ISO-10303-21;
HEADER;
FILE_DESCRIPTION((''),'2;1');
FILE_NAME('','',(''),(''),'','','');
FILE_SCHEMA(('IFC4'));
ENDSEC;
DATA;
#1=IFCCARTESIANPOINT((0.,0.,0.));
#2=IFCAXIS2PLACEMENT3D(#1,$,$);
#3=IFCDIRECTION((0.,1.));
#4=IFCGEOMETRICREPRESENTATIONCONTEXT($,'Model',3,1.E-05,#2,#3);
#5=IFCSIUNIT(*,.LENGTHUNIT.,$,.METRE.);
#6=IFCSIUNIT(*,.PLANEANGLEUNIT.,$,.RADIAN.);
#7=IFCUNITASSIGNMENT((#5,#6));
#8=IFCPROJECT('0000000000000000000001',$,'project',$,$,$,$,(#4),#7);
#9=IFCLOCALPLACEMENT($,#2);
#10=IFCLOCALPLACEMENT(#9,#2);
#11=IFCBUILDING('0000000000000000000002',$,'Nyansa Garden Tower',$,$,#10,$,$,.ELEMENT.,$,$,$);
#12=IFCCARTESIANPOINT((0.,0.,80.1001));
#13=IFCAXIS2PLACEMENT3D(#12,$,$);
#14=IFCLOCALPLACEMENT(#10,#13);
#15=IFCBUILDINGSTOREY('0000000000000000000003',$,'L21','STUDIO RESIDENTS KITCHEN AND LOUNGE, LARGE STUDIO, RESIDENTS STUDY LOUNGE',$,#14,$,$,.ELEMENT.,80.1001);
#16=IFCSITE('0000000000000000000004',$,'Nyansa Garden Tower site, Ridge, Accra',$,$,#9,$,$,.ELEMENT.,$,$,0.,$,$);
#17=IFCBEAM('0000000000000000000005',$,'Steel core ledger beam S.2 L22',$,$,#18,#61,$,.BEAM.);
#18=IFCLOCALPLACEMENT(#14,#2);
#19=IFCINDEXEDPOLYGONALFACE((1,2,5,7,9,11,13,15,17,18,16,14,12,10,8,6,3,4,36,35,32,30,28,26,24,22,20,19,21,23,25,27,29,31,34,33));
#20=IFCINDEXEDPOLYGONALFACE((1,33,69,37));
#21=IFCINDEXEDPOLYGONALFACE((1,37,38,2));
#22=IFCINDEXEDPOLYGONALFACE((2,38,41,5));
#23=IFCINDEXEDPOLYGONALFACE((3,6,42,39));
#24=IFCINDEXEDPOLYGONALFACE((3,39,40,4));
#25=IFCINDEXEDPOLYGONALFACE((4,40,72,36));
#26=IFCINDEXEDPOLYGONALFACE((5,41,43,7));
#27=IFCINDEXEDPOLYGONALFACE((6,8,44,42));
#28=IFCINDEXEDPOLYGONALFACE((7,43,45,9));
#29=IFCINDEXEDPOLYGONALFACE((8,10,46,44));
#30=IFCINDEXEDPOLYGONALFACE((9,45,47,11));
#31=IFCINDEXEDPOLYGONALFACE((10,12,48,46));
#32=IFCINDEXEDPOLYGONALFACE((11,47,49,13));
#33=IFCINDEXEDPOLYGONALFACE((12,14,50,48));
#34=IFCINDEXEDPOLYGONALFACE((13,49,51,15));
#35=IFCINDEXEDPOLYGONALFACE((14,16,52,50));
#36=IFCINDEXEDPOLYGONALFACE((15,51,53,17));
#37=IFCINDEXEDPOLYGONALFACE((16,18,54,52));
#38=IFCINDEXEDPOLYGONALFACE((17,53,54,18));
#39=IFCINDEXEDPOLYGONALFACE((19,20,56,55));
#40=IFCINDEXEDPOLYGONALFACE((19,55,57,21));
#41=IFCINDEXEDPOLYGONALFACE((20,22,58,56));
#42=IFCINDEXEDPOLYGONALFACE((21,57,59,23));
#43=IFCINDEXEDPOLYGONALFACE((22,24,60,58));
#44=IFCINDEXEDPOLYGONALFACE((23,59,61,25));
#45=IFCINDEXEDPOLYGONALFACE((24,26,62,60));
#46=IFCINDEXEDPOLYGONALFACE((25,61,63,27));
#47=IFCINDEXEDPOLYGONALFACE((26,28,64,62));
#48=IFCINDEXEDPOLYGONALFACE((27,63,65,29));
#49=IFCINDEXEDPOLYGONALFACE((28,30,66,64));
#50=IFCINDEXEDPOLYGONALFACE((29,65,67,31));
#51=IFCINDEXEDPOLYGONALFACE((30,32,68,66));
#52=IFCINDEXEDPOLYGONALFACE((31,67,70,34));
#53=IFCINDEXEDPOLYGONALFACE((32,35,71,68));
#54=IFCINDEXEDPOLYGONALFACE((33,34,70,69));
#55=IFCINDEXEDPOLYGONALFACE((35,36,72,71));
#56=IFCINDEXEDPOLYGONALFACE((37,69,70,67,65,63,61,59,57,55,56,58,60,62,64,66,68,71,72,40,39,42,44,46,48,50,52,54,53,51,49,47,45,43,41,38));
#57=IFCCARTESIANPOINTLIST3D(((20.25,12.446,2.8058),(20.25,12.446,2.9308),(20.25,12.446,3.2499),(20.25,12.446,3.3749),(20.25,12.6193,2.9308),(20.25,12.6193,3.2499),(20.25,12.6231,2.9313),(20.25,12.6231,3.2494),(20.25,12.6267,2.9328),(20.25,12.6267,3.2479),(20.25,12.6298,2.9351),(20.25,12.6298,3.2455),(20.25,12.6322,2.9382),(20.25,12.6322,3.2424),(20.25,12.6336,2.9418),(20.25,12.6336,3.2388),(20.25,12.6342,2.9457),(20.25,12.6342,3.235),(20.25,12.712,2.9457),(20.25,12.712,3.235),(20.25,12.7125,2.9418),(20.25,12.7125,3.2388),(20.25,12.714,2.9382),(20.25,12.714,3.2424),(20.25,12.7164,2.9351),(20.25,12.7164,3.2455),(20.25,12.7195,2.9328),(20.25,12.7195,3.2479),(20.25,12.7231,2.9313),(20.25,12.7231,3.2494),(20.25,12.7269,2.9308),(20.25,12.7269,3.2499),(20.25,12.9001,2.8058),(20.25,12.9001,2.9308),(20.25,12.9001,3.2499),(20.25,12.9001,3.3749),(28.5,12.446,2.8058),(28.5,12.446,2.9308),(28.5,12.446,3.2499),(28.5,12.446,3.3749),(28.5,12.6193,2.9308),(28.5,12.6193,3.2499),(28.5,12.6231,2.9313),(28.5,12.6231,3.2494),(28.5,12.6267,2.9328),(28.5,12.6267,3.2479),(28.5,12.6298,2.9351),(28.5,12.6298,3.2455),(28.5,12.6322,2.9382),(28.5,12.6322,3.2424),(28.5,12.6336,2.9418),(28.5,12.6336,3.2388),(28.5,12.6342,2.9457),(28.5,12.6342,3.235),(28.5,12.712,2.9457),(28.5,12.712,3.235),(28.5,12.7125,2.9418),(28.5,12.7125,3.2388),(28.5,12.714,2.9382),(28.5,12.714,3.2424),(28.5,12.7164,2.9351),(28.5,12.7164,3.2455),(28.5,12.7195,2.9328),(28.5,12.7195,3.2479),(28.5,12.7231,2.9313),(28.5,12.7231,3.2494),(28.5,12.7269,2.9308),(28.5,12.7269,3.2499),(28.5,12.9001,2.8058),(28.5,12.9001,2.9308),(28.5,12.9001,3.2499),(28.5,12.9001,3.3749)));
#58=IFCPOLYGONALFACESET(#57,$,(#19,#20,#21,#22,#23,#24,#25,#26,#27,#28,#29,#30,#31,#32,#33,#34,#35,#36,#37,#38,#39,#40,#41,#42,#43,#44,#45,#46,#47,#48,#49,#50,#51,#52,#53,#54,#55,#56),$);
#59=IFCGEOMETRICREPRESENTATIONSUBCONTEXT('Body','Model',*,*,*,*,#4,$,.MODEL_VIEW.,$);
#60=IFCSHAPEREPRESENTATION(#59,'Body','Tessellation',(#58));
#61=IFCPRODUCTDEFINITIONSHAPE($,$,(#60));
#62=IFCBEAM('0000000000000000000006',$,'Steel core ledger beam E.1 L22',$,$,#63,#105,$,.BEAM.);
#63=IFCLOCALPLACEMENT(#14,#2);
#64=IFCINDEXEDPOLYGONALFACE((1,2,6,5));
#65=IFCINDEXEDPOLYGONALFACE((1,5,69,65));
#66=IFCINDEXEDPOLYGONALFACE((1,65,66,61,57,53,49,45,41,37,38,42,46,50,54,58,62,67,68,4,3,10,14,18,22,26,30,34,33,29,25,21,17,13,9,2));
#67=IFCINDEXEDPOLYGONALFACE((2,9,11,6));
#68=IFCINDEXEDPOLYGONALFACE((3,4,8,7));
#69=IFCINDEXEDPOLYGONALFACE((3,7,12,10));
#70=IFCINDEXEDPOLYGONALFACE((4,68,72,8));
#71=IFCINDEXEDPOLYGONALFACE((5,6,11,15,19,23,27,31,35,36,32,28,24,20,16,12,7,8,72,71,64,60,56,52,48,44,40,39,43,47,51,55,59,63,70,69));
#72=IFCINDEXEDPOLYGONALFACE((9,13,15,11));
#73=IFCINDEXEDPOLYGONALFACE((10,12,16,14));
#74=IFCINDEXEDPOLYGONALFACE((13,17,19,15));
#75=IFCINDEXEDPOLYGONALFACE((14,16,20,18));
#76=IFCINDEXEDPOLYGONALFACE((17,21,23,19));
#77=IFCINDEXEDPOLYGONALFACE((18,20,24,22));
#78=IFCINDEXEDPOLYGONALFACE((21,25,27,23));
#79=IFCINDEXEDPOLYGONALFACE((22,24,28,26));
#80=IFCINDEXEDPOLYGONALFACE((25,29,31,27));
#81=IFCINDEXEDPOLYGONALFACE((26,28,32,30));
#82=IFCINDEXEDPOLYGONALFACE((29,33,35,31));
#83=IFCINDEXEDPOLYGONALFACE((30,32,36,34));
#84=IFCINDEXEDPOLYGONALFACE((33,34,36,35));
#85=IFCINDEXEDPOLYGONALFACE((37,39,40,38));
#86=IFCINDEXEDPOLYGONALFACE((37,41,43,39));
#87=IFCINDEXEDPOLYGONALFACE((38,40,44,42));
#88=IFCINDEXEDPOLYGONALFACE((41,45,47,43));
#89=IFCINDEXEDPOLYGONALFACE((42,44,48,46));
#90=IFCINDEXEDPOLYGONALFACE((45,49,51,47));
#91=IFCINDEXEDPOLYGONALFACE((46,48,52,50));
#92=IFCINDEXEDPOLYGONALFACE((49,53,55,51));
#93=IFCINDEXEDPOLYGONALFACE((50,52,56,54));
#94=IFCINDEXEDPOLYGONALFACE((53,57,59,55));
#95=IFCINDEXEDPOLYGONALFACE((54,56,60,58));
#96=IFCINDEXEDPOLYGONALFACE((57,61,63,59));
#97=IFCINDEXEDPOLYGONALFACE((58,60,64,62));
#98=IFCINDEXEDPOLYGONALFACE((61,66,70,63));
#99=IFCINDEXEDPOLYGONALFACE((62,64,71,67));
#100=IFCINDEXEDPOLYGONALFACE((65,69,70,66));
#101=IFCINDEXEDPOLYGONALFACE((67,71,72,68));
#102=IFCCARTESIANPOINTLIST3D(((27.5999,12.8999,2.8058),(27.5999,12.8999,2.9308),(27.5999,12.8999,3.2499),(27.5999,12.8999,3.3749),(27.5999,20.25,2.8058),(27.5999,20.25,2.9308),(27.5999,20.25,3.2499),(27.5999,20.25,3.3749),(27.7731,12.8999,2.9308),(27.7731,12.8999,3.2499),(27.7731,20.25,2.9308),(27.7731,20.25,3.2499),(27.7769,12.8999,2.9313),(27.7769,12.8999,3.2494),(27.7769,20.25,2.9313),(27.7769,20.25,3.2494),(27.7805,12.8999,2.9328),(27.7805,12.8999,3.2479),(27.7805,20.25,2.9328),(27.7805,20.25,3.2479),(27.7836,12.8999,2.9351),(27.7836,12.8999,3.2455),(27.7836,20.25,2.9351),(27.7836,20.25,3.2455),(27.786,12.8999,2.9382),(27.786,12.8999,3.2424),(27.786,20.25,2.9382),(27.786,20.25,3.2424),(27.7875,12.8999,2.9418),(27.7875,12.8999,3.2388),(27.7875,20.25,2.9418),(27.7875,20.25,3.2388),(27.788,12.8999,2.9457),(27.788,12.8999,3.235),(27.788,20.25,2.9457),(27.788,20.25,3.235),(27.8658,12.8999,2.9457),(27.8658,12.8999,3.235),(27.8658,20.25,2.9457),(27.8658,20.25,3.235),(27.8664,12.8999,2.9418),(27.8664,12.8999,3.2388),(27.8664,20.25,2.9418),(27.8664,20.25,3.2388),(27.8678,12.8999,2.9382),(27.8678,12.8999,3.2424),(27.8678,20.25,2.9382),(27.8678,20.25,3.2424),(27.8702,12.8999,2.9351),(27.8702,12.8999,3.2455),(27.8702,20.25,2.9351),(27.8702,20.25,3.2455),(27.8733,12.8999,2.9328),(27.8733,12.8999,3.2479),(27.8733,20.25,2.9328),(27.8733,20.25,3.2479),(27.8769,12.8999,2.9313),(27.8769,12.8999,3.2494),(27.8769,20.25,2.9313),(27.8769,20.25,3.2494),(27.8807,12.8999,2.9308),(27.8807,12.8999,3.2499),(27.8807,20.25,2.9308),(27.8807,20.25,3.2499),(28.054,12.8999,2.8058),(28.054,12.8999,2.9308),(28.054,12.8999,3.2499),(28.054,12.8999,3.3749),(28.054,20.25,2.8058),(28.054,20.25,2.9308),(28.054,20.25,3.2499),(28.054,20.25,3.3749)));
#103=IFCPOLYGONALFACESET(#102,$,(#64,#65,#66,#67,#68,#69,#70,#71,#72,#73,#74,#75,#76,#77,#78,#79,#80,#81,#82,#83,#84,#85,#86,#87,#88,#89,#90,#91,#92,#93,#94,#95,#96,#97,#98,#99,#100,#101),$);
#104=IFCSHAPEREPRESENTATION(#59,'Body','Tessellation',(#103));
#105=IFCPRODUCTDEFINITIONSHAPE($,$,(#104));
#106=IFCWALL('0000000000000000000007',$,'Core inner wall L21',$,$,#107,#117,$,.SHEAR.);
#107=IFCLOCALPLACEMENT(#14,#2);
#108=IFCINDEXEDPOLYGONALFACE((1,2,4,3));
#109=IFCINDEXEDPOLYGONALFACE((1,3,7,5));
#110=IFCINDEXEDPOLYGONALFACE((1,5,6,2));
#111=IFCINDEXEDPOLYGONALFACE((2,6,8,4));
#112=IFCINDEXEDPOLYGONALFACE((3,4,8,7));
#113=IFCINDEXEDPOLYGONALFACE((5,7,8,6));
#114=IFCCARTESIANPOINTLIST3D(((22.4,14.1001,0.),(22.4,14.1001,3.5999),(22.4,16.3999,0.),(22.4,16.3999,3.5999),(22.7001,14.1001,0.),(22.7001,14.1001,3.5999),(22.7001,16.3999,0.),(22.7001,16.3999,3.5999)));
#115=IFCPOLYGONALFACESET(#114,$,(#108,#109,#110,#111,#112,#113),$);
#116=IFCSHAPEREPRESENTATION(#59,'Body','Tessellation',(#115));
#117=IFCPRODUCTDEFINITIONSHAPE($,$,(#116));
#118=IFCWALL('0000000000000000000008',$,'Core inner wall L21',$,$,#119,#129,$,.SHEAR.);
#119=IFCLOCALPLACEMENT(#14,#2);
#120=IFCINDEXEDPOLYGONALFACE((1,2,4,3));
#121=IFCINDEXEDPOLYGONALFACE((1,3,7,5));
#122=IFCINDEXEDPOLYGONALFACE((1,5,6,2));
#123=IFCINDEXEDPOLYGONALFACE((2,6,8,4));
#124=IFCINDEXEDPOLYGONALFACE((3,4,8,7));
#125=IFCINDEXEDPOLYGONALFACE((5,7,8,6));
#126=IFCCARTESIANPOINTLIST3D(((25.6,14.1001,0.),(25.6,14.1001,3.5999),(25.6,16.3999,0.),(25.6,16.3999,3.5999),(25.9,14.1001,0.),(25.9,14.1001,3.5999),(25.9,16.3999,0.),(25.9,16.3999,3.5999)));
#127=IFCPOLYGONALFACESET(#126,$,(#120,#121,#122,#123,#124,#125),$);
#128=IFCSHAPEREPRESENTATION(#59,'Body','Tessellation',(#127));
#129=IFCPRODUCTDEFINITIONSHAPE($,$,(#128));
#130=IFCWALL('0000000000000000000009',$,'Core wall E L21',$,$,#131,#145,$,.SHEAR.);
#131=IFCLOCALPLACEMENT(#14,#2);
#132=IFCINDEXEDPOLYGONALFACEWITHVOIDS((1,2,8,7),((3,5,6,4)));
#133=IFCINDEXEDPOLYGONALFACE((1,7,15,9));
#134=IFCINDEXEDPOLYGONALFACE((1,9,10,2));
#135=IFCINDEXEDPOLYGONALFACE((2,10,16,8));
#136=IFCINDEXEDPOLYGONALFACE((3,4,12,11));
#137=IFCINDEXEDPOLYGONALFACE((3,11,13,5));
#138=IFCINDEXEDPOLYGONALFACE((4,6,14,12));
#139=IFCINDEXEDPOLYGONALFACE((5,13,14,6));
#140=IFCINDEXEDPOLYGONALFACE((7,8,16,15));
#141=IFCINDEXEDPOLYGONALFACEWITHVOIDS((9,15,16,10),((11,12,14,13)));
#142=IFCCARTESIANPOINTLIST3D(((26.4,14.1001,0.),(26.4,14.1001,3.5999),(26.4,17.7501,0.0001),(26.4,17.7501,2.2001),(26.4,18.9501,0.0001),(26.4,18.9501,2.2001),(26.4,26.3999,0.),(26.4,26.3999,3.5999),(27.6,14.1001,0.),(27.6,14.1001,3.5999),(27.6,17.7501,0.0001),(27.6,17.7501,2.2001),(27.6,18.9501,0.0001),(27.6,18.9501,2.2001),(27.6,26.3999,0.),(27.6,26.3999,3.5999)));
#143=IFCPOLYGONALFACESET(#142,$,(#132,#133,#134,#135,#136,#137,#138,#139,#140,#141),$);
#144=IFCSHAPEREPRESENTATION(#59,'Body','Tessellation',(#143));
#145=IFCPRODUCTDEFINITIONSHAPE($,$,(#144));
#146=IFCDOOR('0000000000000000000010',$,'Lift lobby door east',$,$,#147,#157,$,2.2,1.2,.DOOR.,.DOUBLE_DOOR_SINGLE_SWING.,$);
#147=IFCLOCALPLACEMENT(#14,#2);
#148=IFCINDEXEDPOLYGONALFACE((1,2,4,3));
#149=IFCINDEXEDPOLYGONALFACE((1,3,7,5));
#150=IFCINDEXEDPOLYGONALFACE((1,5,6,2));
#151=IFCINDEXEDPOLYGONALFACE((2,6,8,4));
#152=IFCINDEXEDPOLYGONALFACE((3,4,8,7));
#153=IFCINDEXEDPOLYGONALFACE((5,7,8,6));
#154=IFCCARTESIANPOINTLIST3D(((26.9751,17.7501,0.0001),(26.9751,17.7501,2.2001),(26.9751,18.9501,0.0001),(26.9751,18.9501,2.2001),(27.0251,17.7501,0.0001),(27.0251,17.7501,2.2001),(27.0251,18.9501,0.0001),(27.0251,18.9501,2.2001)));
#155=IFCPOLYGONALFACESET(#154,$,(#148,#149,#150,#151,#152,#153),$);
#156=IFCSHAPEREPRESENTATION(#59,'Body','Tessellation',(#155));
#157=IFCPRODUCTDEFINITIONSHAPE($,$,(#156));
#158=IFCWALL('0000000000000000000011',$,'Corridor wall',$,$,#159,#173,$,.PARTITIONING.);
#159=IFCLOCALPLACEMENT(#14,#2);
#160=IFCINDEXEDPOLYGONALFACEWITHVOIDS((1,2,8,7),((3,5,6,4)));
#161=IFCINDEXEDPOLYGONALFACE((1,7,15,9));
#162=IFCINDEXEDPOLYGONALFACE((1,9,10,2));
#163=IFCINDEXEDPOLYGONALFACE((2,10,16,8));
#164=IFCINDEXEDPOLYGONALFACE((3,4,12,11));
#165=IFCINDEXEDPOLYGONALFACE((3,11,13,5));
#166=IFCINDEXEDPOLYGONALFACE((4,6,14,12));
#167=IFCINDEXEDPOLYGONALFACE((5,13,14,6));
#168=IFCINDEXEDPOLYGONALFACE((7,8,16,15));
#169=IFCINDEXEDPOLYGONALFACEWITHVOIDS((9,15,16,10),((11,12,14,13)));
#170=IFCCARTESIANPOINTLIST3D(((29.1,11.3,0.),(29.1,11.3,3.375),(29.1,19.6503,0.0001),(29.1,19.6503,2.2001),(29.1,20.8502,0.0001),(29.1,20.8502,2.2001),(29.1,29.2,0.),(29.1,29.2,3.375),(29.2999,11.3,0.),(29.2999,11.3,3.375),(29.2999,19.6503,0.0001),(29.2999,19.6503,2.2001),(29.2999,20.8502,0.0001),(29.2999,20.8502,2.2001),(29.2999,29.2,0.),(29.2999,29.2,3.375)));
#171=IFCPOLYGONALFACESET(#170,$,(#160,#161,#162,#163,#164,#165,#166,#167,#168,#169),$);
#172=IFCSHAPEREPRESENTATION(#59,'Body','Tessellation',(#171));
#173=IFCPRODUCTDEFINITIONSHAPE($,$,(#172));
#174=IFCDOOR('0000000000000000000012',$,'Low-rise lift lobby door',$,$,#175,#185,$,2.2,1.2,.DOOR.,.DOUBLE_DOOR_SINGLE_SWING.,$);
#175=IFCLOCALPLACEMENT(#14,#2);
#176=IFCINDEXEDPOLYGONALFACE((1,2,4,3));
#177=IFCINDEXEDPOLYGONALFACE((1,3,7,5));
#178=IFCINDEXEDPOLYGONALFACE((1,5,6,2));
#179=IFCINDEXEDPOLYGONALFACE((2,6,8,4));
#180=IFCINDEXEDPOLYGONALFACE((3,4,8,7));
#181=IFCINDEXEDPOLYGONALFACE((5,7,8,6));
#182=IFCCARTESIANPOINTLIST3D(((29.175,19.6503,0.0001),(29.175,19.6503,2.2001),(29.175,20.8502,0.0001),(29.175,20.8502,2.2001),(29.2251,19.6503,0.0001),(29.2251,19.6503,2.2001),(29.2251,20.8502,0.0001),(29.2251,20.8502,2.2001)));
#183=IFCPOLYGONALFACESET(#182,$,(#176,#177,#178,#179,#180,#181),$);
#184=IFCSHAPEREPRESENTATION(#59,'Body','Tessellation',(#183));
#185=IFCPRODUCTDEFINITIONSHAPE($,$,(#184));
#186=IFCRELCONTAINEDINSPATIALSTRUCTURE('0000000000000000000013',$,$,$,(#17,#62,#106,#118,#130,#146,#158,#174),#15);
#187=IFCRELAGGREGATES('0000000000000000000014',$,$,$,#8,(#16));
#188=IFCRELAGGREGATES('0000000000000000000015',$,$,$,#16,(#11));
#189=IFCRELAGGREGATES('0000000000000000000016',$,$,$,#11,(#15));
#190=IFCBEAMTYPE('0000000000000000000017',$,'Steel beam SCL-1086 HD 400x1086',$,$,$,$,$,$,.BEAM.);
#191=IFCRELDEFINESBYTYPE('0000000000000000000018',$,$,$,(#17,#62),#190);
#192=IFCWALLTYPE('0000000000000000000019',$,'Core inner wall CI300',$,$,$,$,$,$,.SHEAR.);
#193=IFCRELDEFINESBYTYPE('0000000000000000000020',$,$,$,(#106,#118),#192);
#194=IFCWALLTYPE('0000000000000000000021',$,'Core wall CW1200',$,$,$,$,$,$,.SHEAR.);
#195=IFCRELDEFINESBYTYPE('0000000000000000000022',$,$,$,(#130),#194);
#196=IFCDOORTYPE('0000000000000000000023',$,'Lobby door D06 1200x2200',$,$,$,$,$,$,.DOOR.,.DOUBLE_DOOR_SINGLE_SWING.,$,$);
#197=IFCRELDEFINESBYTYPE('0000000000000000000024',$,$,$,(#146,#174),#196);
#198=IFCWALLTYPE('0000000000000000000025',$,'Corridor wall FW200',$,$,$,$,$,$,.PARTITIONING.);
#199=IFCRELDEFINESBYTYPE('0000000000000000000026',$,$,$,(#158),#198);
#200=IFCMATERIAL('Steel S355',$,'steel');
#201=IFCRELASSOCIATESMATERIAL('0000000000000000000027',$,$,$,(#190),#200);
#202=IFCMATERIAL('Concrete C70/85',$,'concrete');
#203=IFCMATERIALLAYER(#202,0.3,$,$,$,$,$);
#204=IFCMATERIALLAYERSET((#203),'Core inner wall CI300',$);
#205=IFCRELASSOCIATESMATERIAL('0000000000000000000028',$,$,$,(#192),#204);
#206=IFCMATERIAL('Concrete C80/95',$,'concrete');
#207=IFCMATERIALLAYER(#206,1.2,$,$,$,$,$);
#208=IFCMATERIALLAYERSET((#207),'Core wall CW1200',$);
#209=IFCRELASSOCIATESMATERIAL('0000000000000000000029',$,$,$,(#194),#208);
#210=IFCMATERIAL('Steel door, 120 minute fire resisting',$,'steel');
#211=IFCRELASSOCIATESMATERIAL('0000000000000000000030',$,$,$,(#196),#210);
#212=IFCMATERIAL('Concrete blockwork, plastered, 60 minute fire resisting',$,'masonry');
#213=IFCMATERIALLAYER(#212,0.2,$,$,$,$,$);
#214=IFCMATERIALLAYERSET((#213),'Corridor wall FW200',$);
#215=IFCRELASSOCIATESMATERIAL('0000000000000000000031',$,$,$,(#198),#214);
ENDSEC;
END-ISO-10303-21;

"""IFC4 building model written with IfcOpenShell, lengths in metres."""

from ifc_helpers import new_model, si_unit, direction, frame, frame_2d, origin, origin_2d, place, context, subcontext, project, spatial, rectangle, i_section, extrude, material, layer, layer_set, material_profile, profile_set, type_object, element, fill, save


model = new_model("IFC4")

# Units and contexts
model_context = context("Model", 3, precision=1e-05, world=origin(), true_north=direction((0.0, 1.0)))
body_context = subcontext(model_context, "Body", "Model", "MODEL_VIEW")
ifc_project = project(units=[si_unit("LENGTHUNIT", "METRE"), si_unit("PLANEANGLEUNIT", "RADIAN")], contexts=[model_context])

# Site, building, storey
site_placement = place(None, origin())
site = spatial("IfcSite", under=ifc_project, at=site_placement, Name="Nyansa Garden Tower site, Ridge, Accra", CompositionType="ELEMENT", RefElevation=0.0)
building_placement = place(site_placement, origin())
building = spatial("IfcBuilding", under=site, at=building_placement, Name="Nyansa Garden Tower", CompositionType="ELEMENT")
storey_placement = place(building_placement, frame((0.0, 0.0, 80.1001)))
storey = spatial("IfcBuildingStorey", under=building, at=storey_placement, Name="L21", Description="STUDIO RESIDENTS KITCHEN AND LOUNGE, LARGE STUDIO, RESIDENTS STUDY LOUNGE", CompositionType="ELEMENT", Elevation=80.1001)

# Beams
ifc_material_1 = material(Name="Steel S355", Category="steel")
ifc_material_profile_1 = material_profile(ifc_material_1, i_section(OverallWidth=0.4541, OverallDepth=0.5691, WebThickness=0.0779, FlangeThickness=0.125, FilletRadius=0.0149, at=origin_2d()), Name="HD 400x1086")
ifc_profile_set_1 = profile_set([ifc_material_profile_1], Name="Steel S355")
beam_type_1 = type_object("IfcBeamType", Name="Steel beam SCL-1086 HD 400x1086", PredefinedType="BEAM", material=ifc_profile_set_1)
beam_1_placement = place(storey_placement, frame((20.25, 12.6731, 3.0903), z_axis=(1.0, 0.0, 0.0), x_axis=(0.0, 1.0, 0.0)))
element("IfcBeam", 1, at=beam_1_placement, inside=storey, type_object=beam_type_1, Name="Steel core ledger beam S.2 L22", PredefinedType="BEAM", context=body_context, shape_type="SweptSolid", body=[
    extrude(i_section(OverallWidth=0.4541, OverallDepth=0.5691, WebThickness=0.0779, FlangeThickness=0.125, FilletRadius=0.0149, at=origin_2d()), origin(), (0.0, 0.0, 1.0), 8.25),
])
beam_2_placement = place(storey_placement, frame((27.8269, 12.8999, 3.0903), z_axis=(0.0, 1.0, 0.0), x_axis=(-1.0, 0.0, 0.0)))
element("IfcBeam", 2, at=beam_2_placement, inside=storey, type_object=beam_type_1, Name="Steel core ledger beam E.1 L22", PredefinedType="BEAM", context=body_context, shape_type="SweptSolid", body=[
    extrude(i_section(OverallWidth=0.4541, OverallDepth=0.5691, WebThickness=0.0779, FlangeThickness=0.125, FilletRadius=0.0149, at=origin_2d()), origin(), (0.0, 0.0, 1.0), 7.3501),
])

# Walls
ifc_material_2 = material(Name="Concrete C70/85", Category="concrete")
ifc_layer_1 = layer(ifc_material_2, 0.3)
ifc_layer_set_1 = layer_set([ifc_layer_1], Name="Core inner wall CI300")
wall_type_1 = type_object("IfcWallType", Name="Core inner wall CI300", PredefinedType="SHEAR", material=ifc_layer_set_1)
for number, where, z_axis, x_axis, name in (
    (3, (22.55, 14.1001, 0.0), (0.0, 0.0, 1.0), (0.0, 1.0, 0.0), "Core inner wall L21"),
    (4, (25.75, 14.1001, 0.0), (0.0, 0.0, 1.0), (0.0, 1.0, 0.0), "Core inner wall L21"),
):
    element("IfcWall", number, at=place(storey_placement, frame(where, z_axis=z_axis, x_axis=x_axis)), inside=storey, type_object=wall_type_1, Name=name, PredefinedType="SHEAR", context=body_context, shape_type="SweptSolid", body=[
        extrude(rectangle(XDim=2.2998, YDim=0.3, at=frame_2d((1.1499, 0.0))), origin(), (0.0, 0.0, 1.0), 3.5999),
    ])

# Walls, openings, doors
ifc_material_3 = material(Name="Concrete C80/95", Category="concrete")
ifc_layer_2 = layer(ifc_material_3, 1.2)
ifc_layer_set_2 = layer_set([ifc_layer_2], Name="Core wall CW1200")
wall_type_2 = type_object("IfcWallType", Name="Core wall CW1200", PredefinedType="SHEAR", material=ifc_layer_set_2)
wall_1_placement = place(storey_placement, frame((27.0, 14.1001, 0.0), z_axis=(0.0, 0.0, 1.0), x_axis=(0.0, 1.0, 0.0)))
wall_1 = element("IfcWall", 5, at=wall_1_placement, inside=storey, type_object=wall_type_2, Name="Core wall E L21", PredefinedType="SHEAR", context=body_context, shape_type="SweptSolid", body=[
    extrude(rectangle(XDim=12.2998, YDim=1.2, at=frame_2d((6.1499, 0.0))), origin(), (0.0, 0.0, 1.0), 3.5999),
])
opening_1_placement = place(wall_1_placement, frame((3.6499, 0.0, 0.0)))
opening_1 = element("IfcOpeningElement", 6, at=opening_1_placement, cuts=wall_1, PredefinedType="OPENING", context=body_context, shape_type="SweptSolid", body=[
    extrude(rectangle(XDim=1.2, YDim=2.2, at=frame_2d((0.6001, 1.1001))), frame((0.0, 0.6099, 0.0), z_axis=(0.0, -1.0, 0.0), x_axis=(1.0, 0.0, 0.0)), (0.0, 0.0, 1.0), 1.22),
])
ifc_material_4 = material(Name="Steel door, 120 minute fire resisting", Category="steel")
door_type_1 = type_object("IfcDoorType", Name="Lobby door D06 1200x2200", OperationType="DOUBLE_DOOR_SINGLE_SWING", PredefinedType="DOOR", material=ifc_material_4)
door_1_placement = place(opening_1_placement, origin())
door_1 = element("IfcDoor", 7, at=door_1_placement, inside=storey, type_object=door_type_1, Name="Lift lobby door east", OperationType="DOUBLE_DOOR_SINGLE_SWING", OverallHeight=2.2, OverallWidth=1.2, PredefinedType="DOOR", context=body_context, shape_type="SweptSolid", body=[
    extrude(rectangle(XDim=1.2, YDim=2.2, at=frame_2d((0.6001, 1.1001))), frame((0.0, 0.0249, 0.0), z_axis=(0.0, -1.0, 0.0), x_axis=(1.0, 0.0, 0.0)), (0.0, 0.0, 1.0), 0.05),
])
fill(opening_1, door_1)
ifc_material_5 = material(Name="Concrete blockwork, plastered, 60 minute fire resisting", Category="masonry")
ifc_layer_3 = layer(ifc_material_5, 0.2)
ifc_layer_set_3 = layer_set([ifc_layer_3], Name="Corridor wall FW200")
wall_type_3 = type_object("IfcWallType", Name="Corridor wall FW200", PredefinedType="PARTITIONING", material=ifc_layer_set_3)
wall_2_placement = place(storey_placement, frame((29.2, 11.3, 0.0), z_axis=(0.0, 0.0, 1.0), x_axis=(0.0, 1.0, 0.0)))
wall_2 = element("IfcWall", 8, at=wall_2_placement, inside=storey, type_object=wall_type_3, Name="Corridor wall", PredefinedType="PARTITIONING", context=body_context, shape_type="SweptSolid", body=[
    extrude(rectangle(XDim=17.8999, YDim=0.2, at=frame_2d((8.95, 0.0))), origin(), (0.0, 0.0, 1.0), 3.375),
])
opening_2_placement = place(wall_2_placement, frame((8.3501, 0.0, 0.0)))
opening_2 = element("IfcOpeningElement", 9, at=opening_2_placement, cuts=wall_2, PredefinedType="OPENING", context=body_context, shape_type="SweptSolid", body=[
    extrude(rectangle(XDim=1.2, YDim=2.2, at=frame_2d((0.6001, 1.1001))), frame((0.0, 0.1099, 0.0), z_axis=(0.0, -1.0, 0.0), x_axis=(1.0, 0.0, 0.0)), (0.0, 0.0, 1.0), 0.22),
])
door_2_placement = place(opening_2_placement, origin())
door_2 = element("IfcDoor", 10, at=door_2_placement, inside=storey, type_object=door_type_1, Name="Low-rise lift lobby door", OperationType="DOUBLE_DOOR_SINGLE_SWING", OverallHeight=2.2, OverallWidth=1.2, PredefinedType="DOOR", context=body_context, shape_type="SweptSolid", body=[
    extrude(rectangle(XDim=1.2, YDim=2.2, at=frame_2d((0.6001, 1.1001))), frame((0.0, 0.0249, 0.0), z_axis=(0.0, -1.0, 0.0), x_axis=(1.0, 0.0, 0.0)), (0.0, 0.0, 1.0), 0.05),
])
fill(opening_2, door_2)

save(model, "model.ifc")
